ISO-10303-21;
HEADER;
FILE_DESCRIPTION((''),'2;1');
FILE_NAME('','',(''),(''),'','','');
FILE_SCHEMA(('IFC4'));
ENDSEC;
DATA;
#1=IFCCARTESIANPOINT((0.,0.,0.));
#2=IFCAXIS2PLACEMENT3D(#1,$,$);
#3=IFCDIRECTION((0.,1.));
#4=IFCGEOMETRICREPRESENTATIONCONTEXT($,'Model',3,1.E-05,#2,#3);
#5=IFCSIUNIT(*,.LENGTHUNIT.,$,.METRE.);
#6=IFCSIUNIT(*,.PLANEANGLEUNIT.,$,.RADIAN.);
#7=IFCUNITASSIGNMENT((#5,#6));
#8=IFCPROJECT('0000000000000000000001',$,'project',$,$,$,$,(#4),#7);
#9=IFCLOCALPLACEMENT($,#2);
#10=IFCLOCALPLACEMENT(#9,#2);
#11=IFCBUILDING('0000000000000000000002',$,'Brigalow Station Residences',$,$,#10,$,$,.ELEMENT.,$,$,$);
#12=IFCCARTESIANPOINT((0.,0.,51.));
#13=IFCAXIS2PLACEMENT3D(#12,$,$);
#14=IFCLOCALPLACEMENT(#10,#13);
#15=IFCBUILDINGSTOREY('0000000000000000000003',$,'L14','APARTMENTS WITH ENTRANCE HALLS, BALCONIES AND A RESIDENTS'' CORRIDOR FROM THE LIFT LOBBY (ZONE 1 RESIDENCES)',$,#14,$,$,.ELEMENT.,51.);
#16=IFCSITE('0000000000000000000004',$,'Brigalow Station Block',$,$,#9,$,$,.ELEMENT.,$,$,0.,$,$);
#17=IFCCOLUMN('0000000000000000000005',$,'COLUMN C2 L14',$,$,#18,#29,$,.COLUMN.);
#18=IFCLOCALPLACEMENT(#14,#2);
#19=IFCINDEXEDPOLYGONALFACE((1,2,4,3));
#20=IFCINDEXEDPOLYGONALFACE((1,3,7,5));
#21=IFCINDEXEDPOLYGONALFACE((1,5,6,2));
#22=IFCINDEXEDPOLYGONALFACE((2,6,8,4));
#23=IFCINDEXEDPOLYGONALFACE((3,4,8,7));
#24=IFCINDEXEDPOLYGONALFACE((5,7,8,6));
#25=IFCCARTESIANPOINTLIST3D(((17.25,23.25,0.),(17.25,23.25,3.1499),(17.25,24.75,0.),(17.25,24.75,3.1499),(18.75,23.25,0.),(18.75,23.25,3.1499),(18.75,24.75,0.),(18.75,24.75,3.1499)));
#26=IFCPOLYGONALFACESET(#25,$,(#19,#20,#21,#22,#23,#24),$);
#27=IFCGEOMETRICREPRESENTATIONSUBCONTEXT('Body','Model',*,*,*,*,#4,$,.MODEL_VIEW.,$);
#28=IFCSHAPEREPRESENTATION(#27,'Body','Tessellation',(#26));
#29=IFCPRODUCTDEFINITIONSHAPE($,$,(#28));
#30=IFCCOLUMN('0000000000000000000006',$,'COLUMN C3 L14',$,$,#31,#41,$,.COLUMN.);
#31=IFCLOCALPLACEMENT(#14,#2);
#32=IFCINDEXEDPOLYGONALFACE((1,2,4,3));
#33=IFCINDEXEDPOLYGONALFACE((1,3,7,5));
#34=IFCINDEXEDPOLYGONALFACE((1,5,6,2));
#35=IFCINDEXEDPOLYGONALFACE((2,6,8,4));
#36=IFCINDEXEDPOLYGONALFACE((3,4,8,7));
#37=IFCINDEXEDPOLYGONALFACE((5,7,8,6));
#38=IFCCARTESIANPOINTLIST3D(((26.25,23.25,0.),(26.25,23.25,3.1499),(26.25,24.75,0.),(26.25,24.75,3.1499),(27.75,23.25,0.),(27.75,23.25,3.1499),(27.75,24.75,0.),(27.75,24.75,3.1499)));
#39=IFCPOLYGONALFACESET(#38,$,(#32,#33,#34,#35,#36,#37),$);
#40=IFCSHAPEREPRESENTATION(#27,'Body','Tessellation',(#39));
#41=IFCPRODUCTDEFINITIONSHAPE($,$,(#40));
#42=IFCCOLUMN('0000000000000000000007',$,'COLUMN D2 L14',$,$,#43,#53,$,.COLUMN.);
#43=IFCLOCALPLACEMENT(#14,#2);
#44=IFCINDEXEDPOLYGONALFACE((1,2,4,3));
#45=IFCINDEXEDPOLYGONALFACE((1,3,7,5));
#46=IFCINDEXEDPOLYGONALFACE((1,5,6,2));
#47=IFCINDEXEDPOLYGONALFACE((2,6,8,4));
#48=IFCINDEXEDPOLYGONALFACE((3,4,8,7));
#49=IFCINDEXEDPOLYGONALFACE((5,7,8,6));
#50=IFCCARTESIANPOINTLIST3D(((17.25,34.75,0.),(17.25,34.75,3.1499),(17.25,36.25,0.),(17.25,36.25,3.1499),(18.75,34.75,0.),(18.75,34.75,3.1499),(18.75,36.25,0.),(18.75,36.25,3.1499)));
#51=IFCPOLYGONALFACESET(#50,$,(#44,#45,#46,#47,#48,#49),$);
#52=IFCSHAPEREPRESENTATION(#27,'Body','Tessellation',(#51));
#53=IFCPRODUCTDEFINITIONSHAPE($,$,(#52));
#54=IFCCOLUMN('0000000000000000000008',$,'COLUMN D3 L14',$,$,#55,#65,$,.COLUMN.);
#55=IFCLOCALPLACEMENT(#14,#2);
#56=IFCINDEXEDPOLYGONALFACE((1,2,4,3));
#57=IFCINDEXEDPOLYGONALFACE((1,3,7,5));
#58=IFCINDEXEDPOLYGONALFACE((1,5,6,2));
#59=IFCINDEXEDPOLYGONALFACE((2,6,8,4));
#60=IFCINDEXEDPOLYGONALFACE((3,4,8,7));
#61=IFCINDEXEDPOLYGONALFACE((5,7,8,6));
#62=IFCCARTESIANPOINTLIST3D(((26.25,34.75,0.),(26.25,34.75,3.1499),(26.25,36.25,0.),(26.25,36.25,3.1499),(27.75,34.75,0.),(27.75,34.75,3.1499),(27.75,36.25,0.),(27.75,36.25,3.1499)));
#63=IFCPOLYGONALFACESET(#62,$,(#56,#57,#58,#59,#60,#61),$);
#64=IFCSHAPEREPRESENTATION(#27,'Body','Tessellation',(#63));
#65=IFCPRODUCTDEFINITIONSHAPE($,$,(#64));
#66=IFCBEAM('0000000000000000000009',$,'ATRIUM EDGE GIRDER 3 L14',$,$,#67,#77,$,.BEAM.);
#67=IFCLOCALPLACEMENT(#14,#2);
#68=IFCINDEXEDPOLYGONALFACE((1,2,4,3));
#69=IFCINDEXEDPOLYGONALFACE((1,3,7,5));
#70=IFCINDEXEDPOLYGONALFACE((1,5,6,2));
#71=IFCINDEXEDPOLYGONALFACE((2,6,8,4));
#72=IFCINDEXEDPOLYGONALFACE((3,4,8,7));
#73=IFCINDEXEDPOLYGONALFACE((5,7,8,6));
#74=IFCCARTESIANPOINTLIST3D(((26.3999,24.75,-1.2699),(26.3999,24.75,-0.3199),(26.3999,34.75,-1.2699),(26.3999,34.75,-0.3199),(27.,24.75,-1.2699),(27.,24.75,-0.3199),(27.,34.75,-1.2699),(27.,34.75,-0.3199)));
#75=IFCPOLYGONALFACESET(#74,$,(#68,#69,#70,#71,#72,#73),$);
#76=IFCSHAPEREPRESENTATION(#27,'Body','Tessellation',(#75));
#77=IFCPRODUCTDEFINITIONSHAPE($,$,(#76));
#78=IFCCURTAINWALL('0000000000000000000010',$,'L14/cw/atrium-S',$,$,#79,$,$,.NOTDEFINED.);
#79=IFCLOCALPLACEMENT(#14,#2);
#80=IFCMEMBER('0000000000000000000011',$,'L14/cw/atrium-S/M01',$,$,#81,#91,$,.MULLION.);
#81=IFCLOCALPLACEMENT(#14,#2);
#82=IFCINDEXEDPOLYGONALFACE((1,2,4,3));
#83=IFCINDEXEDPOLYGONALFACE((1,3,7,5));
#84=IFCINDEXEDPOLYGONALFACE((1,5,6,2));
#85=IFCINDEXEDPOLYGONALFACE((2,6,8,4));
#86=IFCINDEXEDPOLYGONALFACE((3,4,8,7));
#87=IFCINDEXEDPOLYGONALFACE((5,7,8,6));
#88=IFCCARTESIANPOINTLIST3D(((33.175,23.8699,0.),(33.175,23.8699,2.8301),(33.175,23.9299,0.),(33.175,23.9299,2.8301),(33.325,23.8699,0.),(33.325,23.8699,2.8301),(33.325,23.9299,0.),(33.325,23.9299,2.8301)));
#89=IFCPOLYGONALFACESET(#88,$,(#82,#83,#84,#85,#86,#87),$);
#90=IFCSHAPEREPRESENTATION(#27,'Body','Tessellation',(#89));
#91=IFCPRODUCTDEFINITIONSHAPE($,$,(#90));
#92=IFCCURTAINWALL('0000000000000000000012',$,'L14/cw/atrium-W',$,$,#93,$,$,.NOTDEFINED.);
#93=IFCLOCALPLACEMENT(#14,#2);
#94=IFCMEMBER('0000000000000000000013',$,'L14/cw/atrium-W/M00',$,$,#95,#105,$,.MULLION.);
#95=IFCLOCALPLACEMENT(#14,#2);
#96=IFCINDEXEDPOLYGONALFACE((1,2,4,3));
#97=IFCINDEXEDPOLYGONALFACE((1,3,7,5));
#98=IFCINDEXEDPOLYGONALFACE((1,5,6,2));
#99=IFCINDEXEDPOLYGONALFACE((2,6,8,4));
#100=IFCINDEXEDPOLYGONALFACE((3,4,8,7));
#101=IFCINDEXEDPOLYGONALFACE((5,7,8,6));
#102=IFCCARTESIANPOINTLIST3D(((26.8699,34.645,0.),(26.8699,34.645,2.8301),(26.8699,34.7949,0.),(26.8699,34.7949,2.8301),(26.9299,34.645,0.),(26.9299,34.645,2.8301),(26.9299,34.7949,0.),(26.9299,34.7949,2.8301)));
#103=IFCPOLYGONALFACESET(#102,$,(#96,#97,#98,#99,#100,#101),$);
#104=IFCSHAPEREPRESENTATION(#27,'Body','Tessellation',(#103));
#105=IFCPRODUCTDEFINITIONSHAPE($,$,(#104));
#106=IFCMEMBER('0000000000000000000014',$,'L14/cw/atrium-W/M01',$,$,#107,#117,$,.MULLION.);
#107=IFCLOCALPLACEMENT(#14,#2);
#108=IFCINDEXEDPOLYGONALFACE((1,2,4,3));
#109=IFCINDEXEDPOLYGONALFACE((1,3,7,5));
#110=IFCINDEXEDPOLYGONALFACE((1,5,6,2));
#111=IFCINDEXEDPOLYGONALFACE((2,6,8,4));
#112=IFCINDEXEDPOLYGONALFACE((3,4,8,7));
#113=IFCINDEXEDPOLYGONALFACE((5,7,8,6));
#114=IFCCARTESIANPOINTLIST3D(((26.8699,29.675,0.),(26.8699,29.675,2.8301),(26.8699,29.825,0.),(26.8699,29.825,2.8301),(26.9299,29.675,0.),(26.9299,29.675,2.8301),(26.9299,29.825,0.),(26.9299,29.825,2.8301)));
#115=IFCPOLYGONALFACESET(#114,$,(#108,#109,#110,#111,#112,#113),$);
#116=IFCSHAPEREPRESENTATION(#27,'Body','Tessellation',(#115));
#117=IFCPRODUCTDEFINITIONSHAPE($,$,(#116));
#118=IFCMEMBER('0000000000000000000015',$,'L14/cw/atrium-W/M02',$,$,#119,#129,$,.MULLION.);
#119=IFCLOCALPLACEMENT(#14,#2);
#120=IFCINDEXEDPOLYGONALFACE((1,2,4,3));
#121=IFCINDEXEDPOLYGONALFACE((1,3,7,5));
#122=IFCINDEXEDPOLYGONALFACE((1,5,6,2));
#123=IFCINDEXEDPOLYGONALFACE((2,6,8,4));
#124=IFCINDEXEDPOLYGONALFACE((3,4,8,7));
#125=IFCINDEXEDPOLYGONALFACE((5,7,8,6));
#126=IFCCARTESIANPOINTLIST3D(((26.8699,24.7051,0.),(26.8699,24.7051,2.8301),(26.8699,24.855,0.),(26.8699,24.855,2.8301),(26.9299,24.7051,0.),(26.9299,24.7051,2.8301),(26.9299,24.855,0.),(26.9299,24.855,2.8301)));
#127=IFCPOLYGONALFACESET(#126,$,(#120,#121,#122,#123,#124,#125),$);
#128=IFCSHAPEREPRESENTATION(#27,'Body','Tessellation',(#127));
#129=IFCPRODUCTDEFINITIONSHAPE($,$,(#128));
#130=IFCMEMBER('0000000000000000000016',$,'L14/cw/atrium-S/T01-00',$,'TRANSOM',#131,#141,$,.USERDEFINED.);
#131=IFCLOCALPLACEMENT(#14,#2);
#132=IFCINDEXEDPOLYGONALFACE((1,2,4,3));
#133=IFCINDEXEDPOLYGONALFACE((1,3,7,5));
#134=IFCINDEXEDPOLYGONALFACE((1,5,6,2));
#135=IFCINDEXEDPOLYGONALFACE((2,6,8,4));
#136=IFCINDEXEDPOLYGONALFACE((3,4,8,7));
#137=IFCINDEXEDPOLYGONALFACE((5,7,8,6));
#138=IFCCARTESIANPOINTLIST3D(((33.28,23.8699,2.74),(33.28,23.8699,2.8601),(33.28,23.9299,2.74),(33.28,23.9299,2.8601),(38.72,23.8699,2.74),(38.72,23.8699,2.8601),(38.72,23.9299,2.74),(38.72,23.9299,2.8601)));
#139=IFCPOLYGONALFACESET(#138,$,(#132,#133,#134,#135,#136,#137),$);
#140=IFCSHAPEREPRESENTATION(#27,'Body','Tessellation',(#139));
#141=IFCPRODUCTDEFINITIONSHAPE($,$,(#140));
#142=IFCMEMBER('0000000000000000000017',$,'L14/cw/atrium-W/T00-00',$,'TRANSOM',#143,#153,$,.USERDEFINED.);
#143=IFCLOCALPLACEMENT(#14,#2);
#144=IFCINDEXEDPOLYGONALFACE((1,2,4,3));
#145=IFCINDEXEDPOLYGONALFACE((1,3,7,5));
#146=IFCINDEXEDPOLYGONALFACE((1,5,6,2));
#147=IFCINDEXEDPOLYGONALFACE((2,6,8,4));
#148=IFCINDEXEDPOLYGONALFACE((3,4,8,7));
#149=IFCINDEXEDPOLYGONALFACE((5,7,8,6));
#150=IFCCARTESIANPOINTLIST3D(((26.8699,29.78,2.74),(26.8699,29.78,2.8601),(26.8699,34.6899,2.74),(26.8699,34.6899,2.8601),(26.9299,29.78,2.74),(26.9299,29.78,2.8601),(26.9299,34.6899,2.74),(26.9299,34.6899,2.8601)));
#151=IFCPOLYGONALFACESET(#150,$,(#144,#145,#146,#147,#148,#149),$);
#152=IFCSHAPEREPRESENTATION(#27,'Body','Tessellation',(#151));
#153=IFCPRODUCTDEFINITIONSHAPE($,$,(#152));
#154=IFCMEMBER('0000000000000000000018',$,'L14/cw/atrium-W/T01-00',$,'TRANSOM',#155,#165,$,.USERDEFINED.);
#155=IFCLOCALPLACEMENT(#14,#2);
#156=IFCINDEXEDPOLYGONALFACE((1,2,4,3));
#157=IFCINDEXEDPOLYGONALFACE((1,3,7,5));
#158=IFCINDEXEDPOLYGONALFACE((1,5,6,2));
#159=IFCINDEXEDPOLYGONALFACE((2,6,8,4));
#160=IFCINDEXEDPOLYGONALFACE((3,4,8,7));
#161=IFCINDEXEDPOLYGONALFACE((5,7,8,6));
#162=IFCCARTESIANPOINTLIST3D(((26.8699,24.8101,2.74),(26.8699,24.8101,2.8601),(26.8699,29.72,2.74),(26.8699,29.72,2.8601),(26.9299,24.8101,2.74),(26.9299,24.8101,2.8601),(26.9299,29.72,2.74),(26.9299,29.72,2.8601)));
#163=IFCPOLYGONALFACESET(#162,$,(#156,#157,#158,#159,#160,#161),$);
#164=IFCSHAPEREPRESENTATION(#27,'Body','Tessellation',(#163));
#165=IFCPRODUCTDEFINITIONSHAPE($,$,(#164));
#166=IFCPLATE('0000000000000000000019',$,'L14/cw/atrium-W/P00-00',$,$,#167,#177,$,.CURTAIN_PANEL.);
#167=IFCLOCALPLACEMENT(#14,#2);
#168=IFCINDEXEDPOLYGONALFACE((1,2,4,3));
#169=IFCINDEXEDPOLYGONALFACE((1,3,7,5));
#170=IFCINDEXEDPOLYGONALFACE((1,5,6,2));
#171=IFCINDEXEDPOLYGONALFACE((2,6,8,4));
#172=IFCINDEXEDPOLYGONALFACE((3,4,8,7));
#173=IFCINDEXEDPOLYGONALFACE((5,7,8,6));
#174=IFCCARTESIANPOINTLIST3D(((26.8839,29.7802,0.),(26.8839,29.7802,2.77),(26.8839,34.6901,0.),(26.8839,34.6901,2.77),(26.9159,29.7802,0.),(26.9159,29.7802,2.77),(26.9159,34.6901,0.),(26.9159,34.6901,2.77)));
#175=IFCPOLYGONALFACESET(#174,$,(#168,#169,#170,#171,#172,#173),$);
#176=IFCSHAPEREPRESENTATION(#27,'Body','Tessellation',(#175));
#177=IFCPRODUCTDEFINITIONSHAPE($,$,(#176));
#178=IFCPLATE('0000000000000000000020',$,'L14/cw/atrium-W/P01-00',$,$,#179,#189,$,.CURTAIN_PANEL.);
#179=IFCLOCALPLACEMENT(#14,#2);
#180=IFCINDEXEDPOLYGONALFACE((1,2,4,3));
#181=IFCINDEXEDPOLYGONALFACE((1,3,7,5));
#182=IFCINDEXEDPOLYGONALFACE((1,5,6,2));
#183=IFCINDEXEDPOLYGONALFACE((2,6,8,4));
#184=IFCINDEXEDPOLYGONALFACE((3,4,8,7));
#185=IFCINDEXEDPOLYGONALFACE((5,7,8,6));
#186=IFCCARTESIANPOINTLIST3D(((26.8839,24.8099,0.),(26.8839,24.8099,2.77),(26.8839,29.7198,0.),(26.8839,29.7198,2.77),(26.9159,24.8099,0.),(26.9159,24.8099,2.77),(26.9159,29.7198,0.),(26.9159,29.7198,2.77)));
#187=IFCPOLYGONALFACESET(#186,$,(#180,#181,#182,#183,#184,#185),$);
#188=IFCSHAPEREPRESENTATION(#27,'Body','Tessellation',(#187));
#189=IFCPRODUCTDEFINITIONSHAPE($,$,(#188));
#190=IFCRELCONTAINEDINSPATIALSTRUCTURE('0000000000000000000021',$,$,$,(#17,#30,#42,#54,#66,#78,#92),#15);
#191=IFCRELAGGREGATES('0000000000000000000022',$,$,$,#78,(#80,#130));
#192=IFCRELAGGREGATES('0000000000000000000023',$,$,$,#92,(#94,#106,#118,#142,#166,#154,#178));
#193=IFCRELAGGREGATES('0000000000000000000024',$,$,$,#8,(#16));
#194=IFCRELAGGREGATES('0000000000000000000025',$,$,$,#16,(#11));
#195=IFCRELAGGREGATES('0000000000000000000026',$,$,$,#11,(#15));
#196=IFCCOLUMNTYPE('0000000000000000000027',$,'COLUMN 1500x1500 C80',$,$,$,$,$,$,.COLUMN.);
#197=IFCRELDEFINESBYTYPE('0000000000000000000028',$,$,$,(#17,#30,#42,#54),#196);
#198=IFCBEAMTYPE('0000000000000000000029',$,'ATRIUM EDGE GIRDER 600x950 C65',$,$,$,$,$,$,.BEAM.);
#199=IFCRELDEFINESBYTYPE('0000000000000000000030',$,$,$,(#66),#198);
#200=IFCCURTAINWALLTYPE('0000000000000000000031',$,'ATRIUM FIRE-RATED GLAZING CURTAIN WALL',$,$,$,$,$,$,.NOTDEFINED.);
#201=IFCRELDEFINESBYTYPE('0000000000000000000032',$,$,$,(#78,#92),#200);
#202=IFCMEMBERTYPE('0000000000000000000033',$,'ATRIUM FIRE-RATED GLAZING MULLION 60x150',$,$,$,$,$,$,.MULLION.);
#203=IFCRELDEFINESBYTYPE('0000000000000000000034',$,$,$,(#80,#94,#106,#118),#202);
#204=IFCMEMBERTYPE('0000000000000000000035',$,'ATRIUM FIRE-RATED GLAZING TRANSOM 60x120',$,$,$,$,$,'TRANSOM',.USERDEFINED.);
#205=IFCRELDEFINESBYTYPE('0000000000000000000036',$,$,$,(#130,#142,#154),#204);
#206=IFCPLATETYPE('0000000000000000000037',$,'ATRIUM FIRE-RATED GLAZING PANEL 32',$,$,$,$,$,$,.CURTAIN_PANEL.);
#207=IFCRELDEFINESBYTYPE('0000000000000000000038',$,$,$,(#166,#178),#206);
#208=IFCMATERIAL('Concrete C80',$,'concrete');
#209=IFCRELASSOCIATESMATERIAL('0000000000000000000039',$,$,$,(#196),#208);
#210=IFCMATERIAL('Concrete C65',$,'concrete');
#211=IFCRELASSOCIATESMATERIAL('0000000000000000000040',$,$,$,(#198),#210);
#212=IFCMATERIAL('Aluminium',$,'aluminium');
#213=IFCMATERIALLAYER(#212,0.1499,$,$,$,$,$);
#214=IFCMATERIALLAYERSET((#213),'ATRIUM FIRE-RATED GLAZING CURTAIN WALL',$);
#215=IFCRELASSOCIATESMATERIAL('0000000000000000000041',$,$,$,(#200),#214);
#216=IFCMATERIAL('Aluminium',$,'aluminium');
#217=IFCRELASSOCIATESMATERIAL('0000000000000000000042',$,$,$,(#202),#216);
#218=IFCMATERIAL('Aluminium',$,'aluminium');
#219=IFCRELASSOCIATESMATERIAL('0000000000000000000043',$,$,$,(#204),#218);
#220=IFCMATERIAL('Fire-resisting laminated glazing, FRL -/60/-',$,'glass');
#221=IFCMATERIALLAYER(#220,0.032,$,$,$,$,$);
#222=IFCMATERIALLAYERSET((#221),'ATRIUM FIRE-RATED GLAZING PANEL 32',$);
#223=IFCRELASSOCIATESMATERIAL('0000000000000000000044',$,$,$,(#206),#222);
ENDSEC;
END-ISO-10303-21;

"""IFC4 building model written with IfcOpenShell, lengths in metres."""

from ifc_helpers import new_model, si_unit, direction, frame, origin, origin_2d, place, context, subcontext, project, spatial, rectangle, extrude, material, layer, layer_set, material_profile, profile_set, type_object, element, aggregate, save


model = new_model("IFC4")

# Units and contexts
model_context = context("Model", 3, precision=1e-05, world=origin(), true_north=direction((0.0, 1.0)))
body_context = subcontext(model_context, "Body", "Model", "MODEL_VIEW")
ifc_project = project(units=[si_unit("LENGTHUNIT", "METRE"), si_unit("PLANEANGLEUNIT", "RADIAN")], contexts=[model_context])

# Site, building, storey
site_placement = place(None, origin())
site = spatial("IfcSite", under=ifc_project, at=site_placement, Name="Brigalow Station Block", CompositionType="ELEMENT", RefElevation=0.0)
building_placement = place(site_placement, origin())
building = spatial("IfcBuilding", under=site, at=building_placement, Name="Brigalow Station Residences", CompositionType="ELEMENT")
storey_placement = place(building_placement, frame((0.0, 0.0, 51.0)))
storey = spatial("IfcBuildingStorey", under=building, at=storey_placement, Name="L14", Description="APARTMENTS WITH ENTRANCE HALLS, BALCONIES AND A RESIDENTS' CORRIDOR FROM THE LIFT LOBBY (ZONE 1 RESIDENCES)", CompositionType="ELEMENT", Elevation=51.0)

# Columns
ifc_material_1 = material(Name="Concrete C80", Category="concrete")
ifc_material_profile_1 = material_profile(ifc_material_1, rectangle(XDim=1.5, YDim=1.5, at=origin_2d()), Name="RC1500x1500")
ifc_profile_set_1 = profile_set([ifc_material_profile_1], Name="Concrete C80")
column_type = type_object("IfcColumnType", Name="COLUMN 1500x1500 C80", PredefinedType="COLUMN", material=ifc_profile_set_1)
for number, where, z_axis, x_axis, name in (
    (1, (18.0, 24.0, 0.0), (0.0, 0.0, 1.0), (1.0, 0.0, 0.0), "COLUMN C2 L14"),
    (2, (27.0, 24.0, 0.0), (0.0, 0.0, 1.0), (1.0, 0.0, 0.0), "COLUMN C3 L14"),
    (3, (18.0, 35.5, 0.0), (0.0, 0.0, 1.0), (1.0, 0.0, 0.0), "COLUMN D2 L14"),
    (4, (27.0, 35.5, 0.0), (0.0, 0.0, 1.0), (1.0, 0.0, 0.0), "COLUMN D3 L14"),
):
    element("IfcColumn", number, at=place(storey_placement, frame(where, z_axis=z_axis, x_axis=x_axis)), inside=storey, type_object=column_type, Name=name, PredefinedType="COLUMN", context=body_context, shape_type="SweptSolid", body=[
        extrude(rectangle(XDim=1.5, YDim=1.5, at=origin_2d()), origin(), (0.0, 0.0, 1.0), 3.1499),
    ])

# Beam
ifc_material_2 = material(Name="Concrete C65", Category="concrete")
ifc_material_profile_2 = material_profile(ifc_material_2, rectangle(XDim=0.6001, YDim=0.95, at=origin_2d()), Name="RC600x950")
ifc_profile_set_2 = profile_set([ifc_material_profile_2], Name="Concrete C65")
beam_type = type_object("IfcBeamType", Name="ATRIUM EDGE GIRDER 600x950 C65", PredefinedType="BEAM", material=ifc_profile_set_2)
beam_placement = place(storey_placement, frame((26.7, 24.75, -0.7949), z_axis=(0.0, 1.0, 0.0), x_axis=(-1.0, 0.0, 0.0)))
element("IfcBeam", 5, at=beam_placement, inside=storey, type_object=beam_type, Name="ATRIUM EDGE GIRDER 3 L14", PredefinedType="BEAM", context=body_context, shape_type="SweptSolid", body=[
    extrude(rectangle(XDim=0.6001, YDim=0.95, at=origin_2d()), origin(), (0.0, 0.0, 1.0), 10.0),
])

# Curtain wall, member
ifc_material_3 = material(Name="Aluminium", Category="aluminium")
ifc_layer_1 = layer(ifc_material_3, 0.1499)
ifc_layer_set_1 = layer_set([ifc_layer_1], Name="ATRIUM FIRE-RATED GLAZING CURTAIN WALL")
curtain_wall_type = type_object("IfcCurtainWallType", Name="ATRIUM FIRE-RATED GLAZING CURTAIN WALL", PredefinedType="NOTDEFINED", material=ifc_layer_set_1)
curtain_wall_1_placement = place(storey_placement, origin())
curtain_wall_1 = element("IfcCurtainWall", 6, at=curtain_wall_1_placement, inside=storey, type_object=curtain_wall_type, Name="L14/cw/atrium-S", PredefinedType="NOTDEFINED")
ifc_material_4 = material(Name="Aluminium", Category="aluminium")
ifc_material_profile_3 = material_profile(ifc_material_4, rectangle(XDim=0.0601, YDim=0.1499, at=origin_2d()), Name="ATRIUM FIRE-RATED GLAZING MULLION 60x150")
ifc_profile_set_3 = profile_set([ifc_material_profile_3], Name="Aluminium")
member_type_1 = type_object("IfcMemberType", Name="ATRIUM FIRE-RATED GLAZING MULLION 60x150", PredefinedType="MULLION", material=ifc_profile_set_3)
member_1_placement = place(storey_placement, frame((33.25, 23.8999, 0.0), z_axis=(0.0, 0.0, 1.0), x_axis=(0.0, 1.0, 0.0)))
member_1 = element("IfcMember", 7, at=member_1_placement, type_object=member_type_1, Name="L14/cw/atrium-S/M01", PredefinedType="MULLION", context=body_context, shape_type="SweptSolid", body=[
    extrude(rectangle(XDim=0.0601, YDim=0.1499, at=origin_2d()), origin(), (0.0, 0.0, 1.0), 2.8301),
])

# Curtain wall, members
curtain_wall_2_placement = place(storey_placement, origin())
curtain_wall_2 = element("IfcCurtainWall", 8, at=curtain_wall_2_placement, inside=storey, type_object=curtain_wall_type, Name="L14/cw/atrium-W", PredefinedType="NOTDEFINED")
member_2_placement = place(storey_placement, frame((26.8999, 34.72, 0.0), z_axis=(0.0, 0.0, 1.0), x_axis=(1.0, 0.0, 0.0)))
member_2 = element("IfcMember", 9, at=member_2_placement, type_object=member_type_1, Name="L14/cw/atrium-W/M00", PredefinedType="MULLION", context=body_context, shape_type="SweptSolid", body=[
    extrude(rectangle(XDim=0.0601, YDim=0.1499, at=origin_2d()), origin(), (0.0, 0.0, 1.0), 2.8301),
])
member_3_placement = place(storey_placement, frame((26.8999, 29.75, 0.0), z_axis=(0.0, 0.0, 1.0), x_axis=(1.0, 0.0, 0.0)))
member_3 = element("IfcMember", 10, at=member_3_placement, type_object=member_type_1, Name="L14/cw/atrium-W/M01", PredefinedType="MULLION", context=body_context, shape_type="SweptSolid", body=[
    extrude(rectangle(XDim=0.0601, YDim=0.1499, at=origin_2d()), origin(), (0.0, 0.0, 1.0), 2.8301),
])
member_4_placement = place(storey_placement, frame((26.8999, 24.78, 0.0), z_axis=(0.0, 0.0, 1.0), x_axis=(1.0, 0.0, 0.0)))
member_4 = element("IfcMember", 11, at=member_4_placement, type_object=member_type_1, Name="L14/cw/atrium-W/M02", PredefinedType="MULLION", context=body_context, shape_type="SweptSolid", body=[
    extrude(rectangle(XDim=0.0601, YDim=0.1499, at=origin_2d()), origin(), (0.0, 0.0, 1.0), 2.8301),
])

# Members
ifc_material_5 = material(Name="Aluminium", Category="aluminium")
ifc_material_profile_4 = material_profile(ifc_material_5, rectangle(XDim=0.0601, YDim=0.1201, at=origin_2d()), Name="ATRIUM FIRE-RATED GLAZING TRANSOM 60x120")
ifc_profile_set_4 = profile_set([ifc_material_profile_4], Name="Aluminium")
member_type_2 = type_object("IfcMemberType", Name="ATRIUM FIRE-RATED GLAZING TRANSOM 60x120", ElementType="TRANSOM", PredefinedType="USERDEFINED", material=ifc_profile_set_4)
member_5_placement = place(storey_placement, frame((33.28, 23.8999, 2.8), z_axis=(1.0, 0.0, 0.0), x_axis=(0.0, 1.0, 0.0)))
member_5 = element("IfcMember", 12, at=member_5_placement, type_object=member_type_2, Name="L14/cw/atrium-S/T01-00", ObjectType="TRANSOM", PredefinedType="USERDEFINED", context=body_context, shape_type="SweptSolid", body=[
    extrude(rectangle(XDim=0.0601, YDim=0.1201, at=origin_2d()), origin(), (0.0, 0.0, 1.0), 5.4399),
])
aggregate(curtain_wall_1, [member_1, member_5])
member_6_placement = place(storey_placement, frame((26.8999, 34.6899, 2.8), z_axis=(0.0, -1.0, 0.0), x_axis=(1.0, 0.0, 0.0)))
member_6 = element("IfcMember", 13, at=member_6_placement, type_object=member_type_2, Name="L14/cw/atrium-W/T00-00", ObjectType="TRANSOM", PredefinedType="USERDEFINED", context=body_context, shape_type="SweptSolid", body=[
    extrude(rectangle(XDim=0.0601, YDim=0.1201, at=origin_2d()), origin(), (0.0, 0.0, 1.0), 4.9099),
])
member_7_placement = place(storey_placement, frame((26.8999, 29.72, 2.8), z_axis=(0.0, -1.0, 0.0), x_axis=(1.0, 0.0, 0.0)))
member_7 = element("IfcMember", 14, at=member_7_placement, type_object=member_type_2, Name="L14/cw/atrium-W/T01-00", ObjectType="TRANSOM", PredefinedType="USERDEFINED", context=body_context, shape_type="SweptSolid", body=[
    extrude(rectangle(XDim=0.0601, YDim=0.1201, at=origin_2d()), origin(), (0.0, 0.0, 1.0), 4.9099),
])

# Plates
ifc_material_6 = material(Name="Fire-resisting laminated glazing, FRL -/60/-", Category="glass")
ifc_layer_2 = layer(ifc_material_6, 0.032)
ifc_layer_set_2 = layer_set([ifc_layer_2], Name="ATRIUM FIRE-RATED GLAZING PANEL 32")
plate_type = type_object("IfcPlateType", Name="ATRIUM FIRE-RATED GLAZING PANEL 32", PredefinedType="CURTAIN_PANEL", material=ifc_layer_set_2)
plate_1_placement = place(storey_placement, frame((26.8999, 32.2351, 0.0), z_axis=(0.0, 0.0, 1.0), x_axis=(0.0, -1.0, 0.0)))
plate_1 = element("IfcPlate", 15, at=plate_1_placement, type_object=plate_type, Name="L14/cw/atrium-W/P00-00", PredefinedType="CURTAIN_PANEL", context=body_context, shape_type="SweptSolid", body=[
    extrude(rectangle(XDim=4.9099, YDim=0.032, at=origin_2d()), origin(), (0.0, 0.0, 1.0), 2.77),
])
plate_2_placement = place(storey_placement, frame((26.8999, 27.2649, 0.0), z_axis=(0.0, 0.0, 1.0), x_axis=(0.0, -1.0, 0.0)))
plate_2 = element("IfcPlate", 16, at=plate_2_placement, type_object=plate_type, Name="L14/cw/atrium-W/P01-00", PredefinedType="CURTAIN_PANEL", context=body_context, shape_type="SweptSolid", body=[
    extrude(rectangle(XDim=4.9099, YDim=0.032, at=origin_2d()), origin(), (0.0, 0.0, 1.0), 2.77),
])
aggregate(curtain_wall_2, [member_2, member_3, member_4, member_6, plate_1, member_7, plate_2])

save(model, "model.ifc")
